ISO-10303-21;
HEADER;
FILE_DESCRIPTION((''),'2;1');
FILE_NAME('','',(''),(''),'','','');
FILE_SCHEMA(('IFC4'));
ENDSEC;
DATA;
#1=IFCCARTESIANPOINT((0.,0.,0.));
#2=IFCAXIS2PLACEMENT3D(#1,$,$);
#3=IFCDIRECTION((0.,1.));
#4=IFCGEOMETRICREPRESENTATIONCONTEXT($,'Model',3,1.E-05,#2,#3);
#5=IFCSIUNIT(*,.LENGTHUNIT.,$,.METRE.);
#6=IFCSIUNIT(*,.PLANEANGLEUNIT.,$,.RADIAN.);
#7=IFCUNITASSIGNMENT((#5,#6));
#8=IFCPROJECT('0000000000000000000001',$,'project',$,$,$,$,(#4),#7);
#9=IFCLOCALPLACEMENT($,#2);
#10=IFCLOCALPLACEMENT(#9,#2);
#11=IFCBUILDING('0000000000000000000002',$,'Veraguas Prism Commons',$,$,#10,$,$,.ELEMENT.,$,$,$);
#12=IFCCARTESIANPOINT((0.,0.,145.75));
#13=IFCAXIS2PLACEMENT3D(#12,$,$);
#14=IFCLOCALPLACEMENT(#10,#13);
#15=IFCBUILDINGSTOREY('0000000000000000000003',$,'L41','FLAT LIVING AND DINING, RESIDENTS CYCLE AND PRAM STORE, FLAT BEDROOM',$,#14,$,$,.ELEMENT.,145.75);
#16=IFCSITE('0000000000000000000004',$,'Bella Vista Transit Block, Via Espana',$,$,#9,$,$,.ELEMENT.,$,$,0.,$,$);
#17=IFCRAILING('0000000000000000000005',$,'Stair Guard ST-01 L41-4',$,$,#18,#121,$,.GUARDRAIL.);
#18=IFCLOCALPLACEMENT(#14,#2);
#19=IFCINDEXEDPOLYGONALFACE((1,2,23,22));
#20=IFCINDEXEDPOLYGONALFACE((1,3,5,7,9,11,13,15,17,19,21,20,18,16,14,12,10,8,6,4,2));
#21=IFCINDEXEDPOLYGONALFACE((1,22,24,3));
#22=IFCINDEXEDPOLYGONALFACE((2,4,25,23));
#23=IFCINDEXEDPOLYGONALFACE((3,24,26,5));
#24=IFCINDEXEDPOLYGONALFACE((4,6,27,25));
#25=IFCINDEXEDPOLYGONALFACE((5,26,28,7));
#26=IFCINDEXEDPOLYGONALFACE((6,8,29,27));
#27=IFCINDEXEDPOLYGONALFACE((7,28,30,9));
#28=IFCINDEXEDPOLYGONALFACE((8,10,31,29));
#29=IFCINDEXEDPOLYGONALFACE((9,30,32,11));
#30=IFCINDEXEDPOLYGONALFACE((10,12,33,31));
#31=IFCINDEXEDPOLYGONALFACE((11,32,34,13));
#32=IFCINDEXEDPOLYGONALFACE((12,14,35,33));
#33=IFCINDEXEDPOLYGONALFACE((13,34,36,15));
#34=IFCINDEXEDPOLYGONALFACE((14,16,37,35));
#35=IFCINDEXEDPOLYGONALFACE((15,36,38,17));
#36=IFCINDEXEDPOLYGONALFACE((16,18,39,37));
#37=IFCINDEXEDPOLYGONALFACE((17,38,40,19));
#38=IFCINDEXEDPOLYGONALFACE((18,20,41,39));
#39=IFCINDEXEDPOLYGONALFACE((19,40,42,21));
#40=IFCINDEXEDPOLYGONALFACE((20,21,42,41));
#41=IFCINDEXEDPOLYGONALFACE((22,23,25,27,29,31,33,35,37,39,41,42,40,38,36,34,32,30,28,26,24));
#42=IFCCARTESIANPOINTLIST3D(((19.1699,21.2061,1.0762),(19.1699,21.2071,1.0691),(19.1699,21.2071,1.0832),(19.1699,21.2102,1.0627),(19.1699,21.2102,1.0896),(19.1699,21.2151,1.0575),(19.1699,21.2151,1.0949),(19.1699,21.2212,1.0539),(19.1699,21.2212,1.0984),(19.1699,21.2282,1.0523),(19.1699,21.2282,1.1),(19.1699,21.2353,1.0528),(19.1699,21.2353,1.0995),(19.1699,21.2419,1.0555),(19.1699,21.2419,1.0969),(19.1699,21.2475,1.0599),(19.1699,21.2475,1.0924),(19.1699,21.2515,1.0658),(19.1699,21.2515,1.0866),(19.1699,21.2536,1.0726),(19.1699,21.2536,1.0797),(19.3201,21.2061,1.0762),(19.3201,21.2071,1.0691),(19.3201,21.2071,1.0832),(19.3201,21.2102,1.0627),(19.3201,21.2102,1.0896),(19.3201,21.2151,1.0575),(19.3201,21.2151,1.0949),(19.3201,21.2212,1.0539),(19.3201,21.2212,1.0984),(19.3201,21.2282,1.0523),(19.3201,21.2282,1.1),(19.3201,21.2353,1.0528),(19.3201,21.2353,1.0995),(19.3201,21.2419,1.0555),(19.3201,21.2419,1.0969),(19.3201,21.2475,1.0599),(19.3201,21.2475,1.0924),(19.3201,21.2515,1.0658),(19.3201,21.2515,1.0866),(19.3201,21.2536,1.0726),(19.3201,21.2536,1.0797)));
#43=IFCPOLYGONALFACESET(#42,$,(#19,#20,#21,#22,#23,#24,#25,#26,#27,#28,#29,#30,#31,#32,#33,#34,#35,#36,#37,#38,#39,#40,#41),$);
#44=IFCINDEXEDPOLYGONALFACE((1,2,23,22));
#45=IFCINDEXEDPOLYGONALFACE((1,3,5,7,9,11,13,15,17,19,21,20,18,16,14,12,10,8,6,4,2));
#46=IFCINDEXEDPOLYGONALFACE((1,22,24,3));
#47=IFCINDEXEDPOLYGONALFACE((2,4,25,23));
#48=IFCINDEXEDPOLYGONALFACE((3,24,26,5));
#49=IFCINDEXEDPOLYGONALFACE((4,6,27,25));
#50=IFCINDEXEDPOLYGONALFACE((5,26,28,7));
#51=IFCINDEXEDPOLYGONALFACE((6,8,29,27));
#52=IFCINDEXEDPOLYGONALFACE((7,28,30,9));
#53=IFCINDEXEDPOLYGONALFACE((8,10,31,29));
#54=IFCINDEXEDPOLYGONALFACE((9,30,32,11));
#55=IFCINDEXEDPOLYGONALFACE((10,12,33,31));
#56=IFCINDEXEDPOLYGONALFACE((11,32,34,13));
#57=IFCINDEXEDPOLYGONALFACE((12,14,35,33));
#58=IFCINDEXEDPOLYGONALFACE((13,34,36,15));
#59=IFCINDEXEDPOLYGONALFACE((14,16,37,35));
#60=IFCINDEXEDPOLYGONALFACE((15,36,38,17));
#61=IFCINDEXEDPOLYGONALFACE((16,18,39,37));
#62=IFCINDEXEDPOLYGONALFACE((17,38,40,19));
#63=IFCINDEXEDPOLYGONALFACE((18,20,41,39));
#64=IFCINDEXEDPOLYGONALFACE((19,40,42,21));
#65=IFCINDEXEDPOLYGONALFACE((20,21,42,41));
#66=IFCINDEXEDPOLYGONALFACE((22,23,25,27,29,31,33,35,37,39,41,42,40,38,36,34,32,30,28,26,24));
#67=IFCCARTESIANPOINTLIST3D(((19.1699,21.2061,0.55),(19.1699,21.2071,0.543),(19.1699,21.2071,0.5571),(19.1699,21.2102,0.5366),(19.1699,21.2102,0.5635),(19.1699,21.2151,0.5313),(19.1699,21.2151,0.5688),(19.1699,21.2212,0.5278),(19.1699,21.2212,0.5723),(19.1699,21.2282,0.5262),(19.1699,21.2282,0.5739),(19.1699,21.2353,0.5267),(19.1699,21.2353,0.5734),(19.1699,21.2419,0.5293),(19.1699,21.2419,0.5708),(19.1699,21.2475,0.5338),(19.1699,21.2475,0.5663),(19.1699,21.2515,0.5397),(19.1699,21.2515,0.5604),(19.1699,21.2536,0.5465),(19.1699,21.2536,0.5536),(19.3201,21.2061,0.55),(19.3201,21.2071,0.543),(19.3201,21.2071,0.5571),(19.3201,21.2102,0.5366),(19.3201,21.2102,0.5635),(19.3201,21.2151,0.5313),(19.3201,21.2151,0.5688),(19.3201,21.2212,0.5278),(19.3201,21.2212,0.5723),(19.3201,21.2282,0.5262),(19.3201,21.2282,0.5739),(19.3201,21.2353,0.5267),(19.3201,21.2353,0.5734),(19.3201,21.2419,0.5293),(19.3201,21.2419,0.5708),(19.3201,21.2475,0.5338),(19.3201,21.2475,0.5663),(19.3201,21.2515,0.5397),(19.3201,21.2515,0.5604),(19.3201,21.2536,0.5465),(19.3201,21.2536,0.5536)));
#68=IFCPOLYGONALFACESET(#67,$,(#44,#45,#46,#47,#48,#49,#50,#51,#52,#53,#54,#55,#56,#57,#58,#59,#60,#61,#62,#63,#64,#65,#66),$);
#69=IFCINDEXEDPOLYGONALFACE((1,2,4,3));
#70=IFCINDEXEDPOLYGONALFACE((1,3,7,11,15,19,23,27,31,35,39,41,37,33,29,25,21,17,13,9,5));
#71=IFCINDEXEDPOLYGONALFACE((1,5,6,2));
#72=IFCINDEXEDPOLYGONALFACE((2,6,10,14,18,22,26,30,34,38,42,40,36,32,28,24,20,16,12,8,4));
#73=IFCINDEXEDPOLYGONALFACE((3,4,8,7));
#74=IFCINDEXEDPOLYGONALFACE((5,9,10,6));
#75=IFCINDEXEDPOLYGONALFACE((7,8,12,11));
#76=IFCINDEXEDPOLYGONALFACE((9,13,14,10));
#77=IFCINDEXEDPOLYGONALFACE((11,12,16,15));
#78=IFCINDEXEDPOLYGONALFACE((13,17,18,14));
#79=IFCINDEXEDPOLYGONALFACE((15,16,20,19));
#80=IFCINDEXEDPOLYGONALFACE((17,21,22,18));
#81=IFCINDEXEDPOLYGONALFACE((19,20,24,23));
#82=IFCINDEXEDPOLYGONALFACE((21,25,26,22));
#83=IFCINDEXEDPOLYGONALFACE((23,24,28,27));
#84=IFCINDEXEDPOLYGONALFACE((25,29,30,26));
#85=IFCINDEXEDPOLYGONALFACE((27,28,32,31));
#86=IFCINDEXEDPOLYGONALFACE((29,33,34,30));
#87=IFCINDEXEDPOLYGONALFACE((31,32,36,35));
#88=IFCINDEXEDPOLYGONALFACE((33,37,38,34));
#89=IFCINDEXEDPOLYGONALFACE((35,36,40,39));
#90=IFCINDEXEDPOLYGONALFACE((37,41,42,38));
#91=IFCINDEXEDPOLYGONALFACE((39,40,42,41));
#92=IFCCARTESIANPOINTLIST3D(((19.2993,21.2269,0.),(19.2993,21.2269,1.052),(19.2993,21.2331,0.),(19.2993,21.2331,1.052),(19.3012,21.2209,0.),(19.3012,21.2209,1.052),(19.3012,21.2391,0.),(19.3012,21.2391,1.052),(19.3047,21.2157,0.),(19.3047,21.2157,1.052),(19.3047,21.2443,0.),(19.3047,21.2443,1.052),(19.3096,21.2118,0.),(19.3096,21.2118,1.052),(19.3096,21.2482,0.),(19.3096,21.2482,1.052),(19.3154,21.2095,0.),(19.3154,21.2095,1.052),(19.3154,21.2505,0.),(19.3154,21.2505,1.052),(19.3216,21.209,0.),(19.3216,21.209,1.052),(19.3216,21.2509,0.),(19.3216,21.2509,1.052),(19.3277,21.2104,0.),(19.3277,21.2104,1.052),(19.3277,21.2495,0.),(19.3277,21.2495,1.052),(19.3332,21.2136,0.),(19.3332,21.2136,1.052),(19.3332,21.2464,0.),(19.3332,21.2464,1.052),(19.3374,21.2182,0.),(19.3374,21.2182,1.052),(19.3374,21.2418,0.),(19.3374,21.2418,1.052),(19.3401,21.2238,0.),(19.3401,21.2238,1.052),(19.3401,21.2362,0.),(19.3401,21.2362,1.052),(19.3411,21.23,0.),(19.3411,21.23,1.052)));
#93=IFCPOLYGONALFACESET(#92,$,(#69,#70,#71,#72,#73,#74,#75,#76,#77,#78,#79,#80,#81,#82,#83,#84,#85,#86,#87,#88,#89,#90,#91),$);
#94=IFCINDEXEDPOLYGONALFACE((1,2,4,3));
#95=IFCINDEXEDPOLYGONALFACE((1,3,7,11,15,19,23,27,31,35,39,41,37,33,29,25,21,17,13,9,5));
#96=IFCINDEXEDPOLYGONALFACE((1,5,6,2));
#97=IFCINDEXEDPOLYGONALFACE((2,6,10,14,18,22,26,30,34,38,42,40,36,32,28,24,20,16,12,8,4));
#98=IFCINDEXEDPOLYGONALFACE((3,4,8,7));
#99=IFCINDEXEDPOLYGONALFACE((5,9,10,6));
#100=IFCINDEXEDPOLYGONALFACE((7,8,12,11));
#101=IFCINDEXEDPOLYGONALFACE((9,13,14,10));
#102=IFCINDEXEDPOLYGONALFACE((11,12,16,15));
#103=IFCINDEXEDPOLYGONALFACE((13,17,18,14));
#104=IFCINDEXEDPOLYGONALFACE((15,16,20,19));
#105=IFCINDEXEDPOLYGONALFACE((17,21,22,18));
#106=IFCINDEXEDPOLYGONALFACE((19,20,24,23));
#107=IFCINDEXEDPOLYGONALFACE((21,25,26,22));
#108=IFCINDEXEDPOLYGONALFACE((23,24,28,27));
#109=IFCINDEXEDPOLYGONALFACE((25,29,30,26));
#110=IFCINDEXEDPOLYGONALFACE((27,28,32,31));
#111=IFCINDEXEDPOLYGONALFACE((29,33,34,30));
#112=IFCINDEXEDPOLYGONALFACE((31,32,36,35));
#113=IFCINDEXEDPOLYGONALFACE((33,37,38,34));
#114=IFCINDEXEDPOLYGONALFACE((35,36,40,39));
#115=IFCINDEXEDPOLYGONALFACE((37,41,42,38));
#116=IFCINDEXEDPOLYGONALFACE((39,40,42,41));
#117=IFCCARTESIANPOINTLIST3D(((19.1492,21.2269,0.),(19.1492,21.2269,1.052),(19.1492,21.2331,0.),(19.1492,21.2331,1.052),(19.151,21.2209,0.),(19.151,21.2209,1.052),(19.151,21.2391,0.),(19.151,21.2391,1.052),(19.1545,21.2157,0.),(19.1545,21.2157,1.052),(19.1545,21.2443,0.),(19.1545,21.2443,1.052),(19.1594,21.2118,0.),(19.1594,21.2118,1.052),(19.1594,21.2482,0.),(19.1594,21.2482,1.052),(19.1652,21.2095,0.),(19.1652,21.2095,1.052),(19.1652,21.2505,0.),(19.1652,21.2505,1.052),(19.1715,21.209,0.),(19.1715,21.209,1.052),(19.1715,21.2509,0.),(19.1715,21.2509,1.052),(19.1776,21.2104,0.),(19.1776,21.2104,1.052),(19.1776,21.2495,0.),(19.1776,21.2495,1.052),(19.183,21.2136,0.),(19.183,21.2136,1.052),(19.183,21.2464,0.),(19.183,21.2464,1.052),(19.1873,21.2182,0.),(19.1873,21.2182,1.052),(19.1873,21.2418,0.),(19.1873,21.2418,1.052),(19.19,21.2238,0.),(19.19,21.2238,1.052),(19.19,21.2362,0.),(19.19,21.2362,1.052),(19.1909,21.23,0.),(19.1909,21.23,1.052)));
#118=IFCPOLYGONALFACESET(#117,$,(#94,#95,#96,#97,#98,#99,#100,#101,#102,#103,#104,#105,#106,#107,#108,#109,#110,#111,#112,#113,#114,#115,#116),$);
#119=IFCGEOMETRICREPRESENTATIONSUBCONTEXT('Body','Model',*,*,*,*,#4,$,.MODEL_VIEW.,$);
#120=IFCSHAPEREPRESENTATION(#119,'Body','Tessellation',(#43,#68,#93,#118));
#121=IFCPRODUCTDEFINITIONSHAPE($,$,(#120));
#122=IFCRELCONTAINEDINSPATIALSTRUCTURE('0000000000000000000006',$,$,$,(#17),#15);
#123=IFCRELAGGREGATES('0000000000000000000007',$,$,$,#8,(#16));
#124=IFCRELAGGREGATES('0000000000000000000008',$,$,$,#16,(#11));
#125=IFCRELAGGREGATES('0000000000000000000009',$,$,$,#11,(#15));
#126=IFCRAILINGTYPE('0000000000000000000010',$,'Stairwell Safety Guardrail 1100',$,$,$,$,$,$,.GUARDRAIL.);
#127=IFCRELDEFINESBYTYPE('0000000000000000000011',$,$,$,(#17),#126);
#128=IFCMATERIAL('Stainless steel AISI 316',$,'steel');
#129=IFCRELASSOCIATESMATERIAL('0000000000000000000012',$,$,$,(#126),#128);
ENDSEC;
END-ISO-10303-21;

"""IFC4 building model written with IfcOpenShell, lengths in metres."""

from ifc_helpers import new_model, si_unit, direction, frame, origin, origin_2d, place, context, subcontext, project, spatial, circle, extrude, material, type_object, element, save


model = new_model("IFC4")

# Units and contexts
model_context = context("Model", 3, precision=1e-05, world=origin(), true_north=direction((0.0, 1.0)))
body_context = subcontext(model_context, "Body", "Model", "MODEL_VIEW")
ifc_project = project(units=[si_unit("LENGTHUNIT", "METRE"), si_unit("PLANEANGLEUNIT", "RADIAN")], contexts=[model_context])

# Site, building, storey
site_placement = place(None, origin())
site = spatial("IfcSite", under=ifc_project, at=site_placement, Name="Bella Vista Transit Block, Via Espana", CompositionType="ELEMENT", RefElevation=0.0)
building_placement = place(site_placement, origin())
building = spatial("IfcBuilding", under=site, at=building_placement, Name="Veraguas Prism Commons", CompositionType="ELEMENT")
storey_placement = place(building_placement, frame((0.0, 0.0, 145.75)))
storey = spatial("IfcBuildingStorey", under=building, at=storey_placement, Name="L41", Description="FLAT LIVING AND DINING, RESIDENTS CYCLE AND PRAM STORE, FLAT BEDROOM", CompositionType="ELEMENT", Elevation=145.75)

# Shared definitions
ifc_material_1 = material(Name="Stainless steel AISI 316", Category="steel")

# Railing
railing_type_1 = type_object("IfcRailingType", Name="Stairwell Safety Guardrail 1100", PredefinedType="GUARDRAIL", material=ifc_material_1)
railing_1_placement = place(storey_placement, frame((19.3201, 21.23, 0.0)))
element("IfcRailing", 1, at=railing_1_placement, inside=storey, type_object=railing_type_1, Name="Stair Guard ST-01 L41-4", PredefinedType="GUARDRAIL", context=body_context, shape_type="SweptSolid", body=[
    extrude(circle(Radius=0.0239, at=origin_2d()), frame((0.0, 0.0, 1.0762), z_axis=(-1.0, 0.0, 0.0), x_axis=(0.0, -1.0, 0.0)), (0.0, 0.0, 1.0), 0.1501),
    extrude(circle(Radius=0.0239, at=origin_2d()), frame((0.0, 0.0, 0.55), z_axis=(-1.0, 0.0, 0.0), x_axis=(0.0, -1.0, 0.0)), (0.0, 0.0, 1.0), 0.1501),
    extrude(circle(Radius=0.021, at=origin_2d()), origin(), (0.0, 0.0, 1.0), 1.052),
    extrude(circle(Radius=0.021, at=origin_2d()), frame((-0.1501, 0.0, 0.0)), (0.0, 0.0, 1.0), 1.052),
])

save(model, "model.ifc")
